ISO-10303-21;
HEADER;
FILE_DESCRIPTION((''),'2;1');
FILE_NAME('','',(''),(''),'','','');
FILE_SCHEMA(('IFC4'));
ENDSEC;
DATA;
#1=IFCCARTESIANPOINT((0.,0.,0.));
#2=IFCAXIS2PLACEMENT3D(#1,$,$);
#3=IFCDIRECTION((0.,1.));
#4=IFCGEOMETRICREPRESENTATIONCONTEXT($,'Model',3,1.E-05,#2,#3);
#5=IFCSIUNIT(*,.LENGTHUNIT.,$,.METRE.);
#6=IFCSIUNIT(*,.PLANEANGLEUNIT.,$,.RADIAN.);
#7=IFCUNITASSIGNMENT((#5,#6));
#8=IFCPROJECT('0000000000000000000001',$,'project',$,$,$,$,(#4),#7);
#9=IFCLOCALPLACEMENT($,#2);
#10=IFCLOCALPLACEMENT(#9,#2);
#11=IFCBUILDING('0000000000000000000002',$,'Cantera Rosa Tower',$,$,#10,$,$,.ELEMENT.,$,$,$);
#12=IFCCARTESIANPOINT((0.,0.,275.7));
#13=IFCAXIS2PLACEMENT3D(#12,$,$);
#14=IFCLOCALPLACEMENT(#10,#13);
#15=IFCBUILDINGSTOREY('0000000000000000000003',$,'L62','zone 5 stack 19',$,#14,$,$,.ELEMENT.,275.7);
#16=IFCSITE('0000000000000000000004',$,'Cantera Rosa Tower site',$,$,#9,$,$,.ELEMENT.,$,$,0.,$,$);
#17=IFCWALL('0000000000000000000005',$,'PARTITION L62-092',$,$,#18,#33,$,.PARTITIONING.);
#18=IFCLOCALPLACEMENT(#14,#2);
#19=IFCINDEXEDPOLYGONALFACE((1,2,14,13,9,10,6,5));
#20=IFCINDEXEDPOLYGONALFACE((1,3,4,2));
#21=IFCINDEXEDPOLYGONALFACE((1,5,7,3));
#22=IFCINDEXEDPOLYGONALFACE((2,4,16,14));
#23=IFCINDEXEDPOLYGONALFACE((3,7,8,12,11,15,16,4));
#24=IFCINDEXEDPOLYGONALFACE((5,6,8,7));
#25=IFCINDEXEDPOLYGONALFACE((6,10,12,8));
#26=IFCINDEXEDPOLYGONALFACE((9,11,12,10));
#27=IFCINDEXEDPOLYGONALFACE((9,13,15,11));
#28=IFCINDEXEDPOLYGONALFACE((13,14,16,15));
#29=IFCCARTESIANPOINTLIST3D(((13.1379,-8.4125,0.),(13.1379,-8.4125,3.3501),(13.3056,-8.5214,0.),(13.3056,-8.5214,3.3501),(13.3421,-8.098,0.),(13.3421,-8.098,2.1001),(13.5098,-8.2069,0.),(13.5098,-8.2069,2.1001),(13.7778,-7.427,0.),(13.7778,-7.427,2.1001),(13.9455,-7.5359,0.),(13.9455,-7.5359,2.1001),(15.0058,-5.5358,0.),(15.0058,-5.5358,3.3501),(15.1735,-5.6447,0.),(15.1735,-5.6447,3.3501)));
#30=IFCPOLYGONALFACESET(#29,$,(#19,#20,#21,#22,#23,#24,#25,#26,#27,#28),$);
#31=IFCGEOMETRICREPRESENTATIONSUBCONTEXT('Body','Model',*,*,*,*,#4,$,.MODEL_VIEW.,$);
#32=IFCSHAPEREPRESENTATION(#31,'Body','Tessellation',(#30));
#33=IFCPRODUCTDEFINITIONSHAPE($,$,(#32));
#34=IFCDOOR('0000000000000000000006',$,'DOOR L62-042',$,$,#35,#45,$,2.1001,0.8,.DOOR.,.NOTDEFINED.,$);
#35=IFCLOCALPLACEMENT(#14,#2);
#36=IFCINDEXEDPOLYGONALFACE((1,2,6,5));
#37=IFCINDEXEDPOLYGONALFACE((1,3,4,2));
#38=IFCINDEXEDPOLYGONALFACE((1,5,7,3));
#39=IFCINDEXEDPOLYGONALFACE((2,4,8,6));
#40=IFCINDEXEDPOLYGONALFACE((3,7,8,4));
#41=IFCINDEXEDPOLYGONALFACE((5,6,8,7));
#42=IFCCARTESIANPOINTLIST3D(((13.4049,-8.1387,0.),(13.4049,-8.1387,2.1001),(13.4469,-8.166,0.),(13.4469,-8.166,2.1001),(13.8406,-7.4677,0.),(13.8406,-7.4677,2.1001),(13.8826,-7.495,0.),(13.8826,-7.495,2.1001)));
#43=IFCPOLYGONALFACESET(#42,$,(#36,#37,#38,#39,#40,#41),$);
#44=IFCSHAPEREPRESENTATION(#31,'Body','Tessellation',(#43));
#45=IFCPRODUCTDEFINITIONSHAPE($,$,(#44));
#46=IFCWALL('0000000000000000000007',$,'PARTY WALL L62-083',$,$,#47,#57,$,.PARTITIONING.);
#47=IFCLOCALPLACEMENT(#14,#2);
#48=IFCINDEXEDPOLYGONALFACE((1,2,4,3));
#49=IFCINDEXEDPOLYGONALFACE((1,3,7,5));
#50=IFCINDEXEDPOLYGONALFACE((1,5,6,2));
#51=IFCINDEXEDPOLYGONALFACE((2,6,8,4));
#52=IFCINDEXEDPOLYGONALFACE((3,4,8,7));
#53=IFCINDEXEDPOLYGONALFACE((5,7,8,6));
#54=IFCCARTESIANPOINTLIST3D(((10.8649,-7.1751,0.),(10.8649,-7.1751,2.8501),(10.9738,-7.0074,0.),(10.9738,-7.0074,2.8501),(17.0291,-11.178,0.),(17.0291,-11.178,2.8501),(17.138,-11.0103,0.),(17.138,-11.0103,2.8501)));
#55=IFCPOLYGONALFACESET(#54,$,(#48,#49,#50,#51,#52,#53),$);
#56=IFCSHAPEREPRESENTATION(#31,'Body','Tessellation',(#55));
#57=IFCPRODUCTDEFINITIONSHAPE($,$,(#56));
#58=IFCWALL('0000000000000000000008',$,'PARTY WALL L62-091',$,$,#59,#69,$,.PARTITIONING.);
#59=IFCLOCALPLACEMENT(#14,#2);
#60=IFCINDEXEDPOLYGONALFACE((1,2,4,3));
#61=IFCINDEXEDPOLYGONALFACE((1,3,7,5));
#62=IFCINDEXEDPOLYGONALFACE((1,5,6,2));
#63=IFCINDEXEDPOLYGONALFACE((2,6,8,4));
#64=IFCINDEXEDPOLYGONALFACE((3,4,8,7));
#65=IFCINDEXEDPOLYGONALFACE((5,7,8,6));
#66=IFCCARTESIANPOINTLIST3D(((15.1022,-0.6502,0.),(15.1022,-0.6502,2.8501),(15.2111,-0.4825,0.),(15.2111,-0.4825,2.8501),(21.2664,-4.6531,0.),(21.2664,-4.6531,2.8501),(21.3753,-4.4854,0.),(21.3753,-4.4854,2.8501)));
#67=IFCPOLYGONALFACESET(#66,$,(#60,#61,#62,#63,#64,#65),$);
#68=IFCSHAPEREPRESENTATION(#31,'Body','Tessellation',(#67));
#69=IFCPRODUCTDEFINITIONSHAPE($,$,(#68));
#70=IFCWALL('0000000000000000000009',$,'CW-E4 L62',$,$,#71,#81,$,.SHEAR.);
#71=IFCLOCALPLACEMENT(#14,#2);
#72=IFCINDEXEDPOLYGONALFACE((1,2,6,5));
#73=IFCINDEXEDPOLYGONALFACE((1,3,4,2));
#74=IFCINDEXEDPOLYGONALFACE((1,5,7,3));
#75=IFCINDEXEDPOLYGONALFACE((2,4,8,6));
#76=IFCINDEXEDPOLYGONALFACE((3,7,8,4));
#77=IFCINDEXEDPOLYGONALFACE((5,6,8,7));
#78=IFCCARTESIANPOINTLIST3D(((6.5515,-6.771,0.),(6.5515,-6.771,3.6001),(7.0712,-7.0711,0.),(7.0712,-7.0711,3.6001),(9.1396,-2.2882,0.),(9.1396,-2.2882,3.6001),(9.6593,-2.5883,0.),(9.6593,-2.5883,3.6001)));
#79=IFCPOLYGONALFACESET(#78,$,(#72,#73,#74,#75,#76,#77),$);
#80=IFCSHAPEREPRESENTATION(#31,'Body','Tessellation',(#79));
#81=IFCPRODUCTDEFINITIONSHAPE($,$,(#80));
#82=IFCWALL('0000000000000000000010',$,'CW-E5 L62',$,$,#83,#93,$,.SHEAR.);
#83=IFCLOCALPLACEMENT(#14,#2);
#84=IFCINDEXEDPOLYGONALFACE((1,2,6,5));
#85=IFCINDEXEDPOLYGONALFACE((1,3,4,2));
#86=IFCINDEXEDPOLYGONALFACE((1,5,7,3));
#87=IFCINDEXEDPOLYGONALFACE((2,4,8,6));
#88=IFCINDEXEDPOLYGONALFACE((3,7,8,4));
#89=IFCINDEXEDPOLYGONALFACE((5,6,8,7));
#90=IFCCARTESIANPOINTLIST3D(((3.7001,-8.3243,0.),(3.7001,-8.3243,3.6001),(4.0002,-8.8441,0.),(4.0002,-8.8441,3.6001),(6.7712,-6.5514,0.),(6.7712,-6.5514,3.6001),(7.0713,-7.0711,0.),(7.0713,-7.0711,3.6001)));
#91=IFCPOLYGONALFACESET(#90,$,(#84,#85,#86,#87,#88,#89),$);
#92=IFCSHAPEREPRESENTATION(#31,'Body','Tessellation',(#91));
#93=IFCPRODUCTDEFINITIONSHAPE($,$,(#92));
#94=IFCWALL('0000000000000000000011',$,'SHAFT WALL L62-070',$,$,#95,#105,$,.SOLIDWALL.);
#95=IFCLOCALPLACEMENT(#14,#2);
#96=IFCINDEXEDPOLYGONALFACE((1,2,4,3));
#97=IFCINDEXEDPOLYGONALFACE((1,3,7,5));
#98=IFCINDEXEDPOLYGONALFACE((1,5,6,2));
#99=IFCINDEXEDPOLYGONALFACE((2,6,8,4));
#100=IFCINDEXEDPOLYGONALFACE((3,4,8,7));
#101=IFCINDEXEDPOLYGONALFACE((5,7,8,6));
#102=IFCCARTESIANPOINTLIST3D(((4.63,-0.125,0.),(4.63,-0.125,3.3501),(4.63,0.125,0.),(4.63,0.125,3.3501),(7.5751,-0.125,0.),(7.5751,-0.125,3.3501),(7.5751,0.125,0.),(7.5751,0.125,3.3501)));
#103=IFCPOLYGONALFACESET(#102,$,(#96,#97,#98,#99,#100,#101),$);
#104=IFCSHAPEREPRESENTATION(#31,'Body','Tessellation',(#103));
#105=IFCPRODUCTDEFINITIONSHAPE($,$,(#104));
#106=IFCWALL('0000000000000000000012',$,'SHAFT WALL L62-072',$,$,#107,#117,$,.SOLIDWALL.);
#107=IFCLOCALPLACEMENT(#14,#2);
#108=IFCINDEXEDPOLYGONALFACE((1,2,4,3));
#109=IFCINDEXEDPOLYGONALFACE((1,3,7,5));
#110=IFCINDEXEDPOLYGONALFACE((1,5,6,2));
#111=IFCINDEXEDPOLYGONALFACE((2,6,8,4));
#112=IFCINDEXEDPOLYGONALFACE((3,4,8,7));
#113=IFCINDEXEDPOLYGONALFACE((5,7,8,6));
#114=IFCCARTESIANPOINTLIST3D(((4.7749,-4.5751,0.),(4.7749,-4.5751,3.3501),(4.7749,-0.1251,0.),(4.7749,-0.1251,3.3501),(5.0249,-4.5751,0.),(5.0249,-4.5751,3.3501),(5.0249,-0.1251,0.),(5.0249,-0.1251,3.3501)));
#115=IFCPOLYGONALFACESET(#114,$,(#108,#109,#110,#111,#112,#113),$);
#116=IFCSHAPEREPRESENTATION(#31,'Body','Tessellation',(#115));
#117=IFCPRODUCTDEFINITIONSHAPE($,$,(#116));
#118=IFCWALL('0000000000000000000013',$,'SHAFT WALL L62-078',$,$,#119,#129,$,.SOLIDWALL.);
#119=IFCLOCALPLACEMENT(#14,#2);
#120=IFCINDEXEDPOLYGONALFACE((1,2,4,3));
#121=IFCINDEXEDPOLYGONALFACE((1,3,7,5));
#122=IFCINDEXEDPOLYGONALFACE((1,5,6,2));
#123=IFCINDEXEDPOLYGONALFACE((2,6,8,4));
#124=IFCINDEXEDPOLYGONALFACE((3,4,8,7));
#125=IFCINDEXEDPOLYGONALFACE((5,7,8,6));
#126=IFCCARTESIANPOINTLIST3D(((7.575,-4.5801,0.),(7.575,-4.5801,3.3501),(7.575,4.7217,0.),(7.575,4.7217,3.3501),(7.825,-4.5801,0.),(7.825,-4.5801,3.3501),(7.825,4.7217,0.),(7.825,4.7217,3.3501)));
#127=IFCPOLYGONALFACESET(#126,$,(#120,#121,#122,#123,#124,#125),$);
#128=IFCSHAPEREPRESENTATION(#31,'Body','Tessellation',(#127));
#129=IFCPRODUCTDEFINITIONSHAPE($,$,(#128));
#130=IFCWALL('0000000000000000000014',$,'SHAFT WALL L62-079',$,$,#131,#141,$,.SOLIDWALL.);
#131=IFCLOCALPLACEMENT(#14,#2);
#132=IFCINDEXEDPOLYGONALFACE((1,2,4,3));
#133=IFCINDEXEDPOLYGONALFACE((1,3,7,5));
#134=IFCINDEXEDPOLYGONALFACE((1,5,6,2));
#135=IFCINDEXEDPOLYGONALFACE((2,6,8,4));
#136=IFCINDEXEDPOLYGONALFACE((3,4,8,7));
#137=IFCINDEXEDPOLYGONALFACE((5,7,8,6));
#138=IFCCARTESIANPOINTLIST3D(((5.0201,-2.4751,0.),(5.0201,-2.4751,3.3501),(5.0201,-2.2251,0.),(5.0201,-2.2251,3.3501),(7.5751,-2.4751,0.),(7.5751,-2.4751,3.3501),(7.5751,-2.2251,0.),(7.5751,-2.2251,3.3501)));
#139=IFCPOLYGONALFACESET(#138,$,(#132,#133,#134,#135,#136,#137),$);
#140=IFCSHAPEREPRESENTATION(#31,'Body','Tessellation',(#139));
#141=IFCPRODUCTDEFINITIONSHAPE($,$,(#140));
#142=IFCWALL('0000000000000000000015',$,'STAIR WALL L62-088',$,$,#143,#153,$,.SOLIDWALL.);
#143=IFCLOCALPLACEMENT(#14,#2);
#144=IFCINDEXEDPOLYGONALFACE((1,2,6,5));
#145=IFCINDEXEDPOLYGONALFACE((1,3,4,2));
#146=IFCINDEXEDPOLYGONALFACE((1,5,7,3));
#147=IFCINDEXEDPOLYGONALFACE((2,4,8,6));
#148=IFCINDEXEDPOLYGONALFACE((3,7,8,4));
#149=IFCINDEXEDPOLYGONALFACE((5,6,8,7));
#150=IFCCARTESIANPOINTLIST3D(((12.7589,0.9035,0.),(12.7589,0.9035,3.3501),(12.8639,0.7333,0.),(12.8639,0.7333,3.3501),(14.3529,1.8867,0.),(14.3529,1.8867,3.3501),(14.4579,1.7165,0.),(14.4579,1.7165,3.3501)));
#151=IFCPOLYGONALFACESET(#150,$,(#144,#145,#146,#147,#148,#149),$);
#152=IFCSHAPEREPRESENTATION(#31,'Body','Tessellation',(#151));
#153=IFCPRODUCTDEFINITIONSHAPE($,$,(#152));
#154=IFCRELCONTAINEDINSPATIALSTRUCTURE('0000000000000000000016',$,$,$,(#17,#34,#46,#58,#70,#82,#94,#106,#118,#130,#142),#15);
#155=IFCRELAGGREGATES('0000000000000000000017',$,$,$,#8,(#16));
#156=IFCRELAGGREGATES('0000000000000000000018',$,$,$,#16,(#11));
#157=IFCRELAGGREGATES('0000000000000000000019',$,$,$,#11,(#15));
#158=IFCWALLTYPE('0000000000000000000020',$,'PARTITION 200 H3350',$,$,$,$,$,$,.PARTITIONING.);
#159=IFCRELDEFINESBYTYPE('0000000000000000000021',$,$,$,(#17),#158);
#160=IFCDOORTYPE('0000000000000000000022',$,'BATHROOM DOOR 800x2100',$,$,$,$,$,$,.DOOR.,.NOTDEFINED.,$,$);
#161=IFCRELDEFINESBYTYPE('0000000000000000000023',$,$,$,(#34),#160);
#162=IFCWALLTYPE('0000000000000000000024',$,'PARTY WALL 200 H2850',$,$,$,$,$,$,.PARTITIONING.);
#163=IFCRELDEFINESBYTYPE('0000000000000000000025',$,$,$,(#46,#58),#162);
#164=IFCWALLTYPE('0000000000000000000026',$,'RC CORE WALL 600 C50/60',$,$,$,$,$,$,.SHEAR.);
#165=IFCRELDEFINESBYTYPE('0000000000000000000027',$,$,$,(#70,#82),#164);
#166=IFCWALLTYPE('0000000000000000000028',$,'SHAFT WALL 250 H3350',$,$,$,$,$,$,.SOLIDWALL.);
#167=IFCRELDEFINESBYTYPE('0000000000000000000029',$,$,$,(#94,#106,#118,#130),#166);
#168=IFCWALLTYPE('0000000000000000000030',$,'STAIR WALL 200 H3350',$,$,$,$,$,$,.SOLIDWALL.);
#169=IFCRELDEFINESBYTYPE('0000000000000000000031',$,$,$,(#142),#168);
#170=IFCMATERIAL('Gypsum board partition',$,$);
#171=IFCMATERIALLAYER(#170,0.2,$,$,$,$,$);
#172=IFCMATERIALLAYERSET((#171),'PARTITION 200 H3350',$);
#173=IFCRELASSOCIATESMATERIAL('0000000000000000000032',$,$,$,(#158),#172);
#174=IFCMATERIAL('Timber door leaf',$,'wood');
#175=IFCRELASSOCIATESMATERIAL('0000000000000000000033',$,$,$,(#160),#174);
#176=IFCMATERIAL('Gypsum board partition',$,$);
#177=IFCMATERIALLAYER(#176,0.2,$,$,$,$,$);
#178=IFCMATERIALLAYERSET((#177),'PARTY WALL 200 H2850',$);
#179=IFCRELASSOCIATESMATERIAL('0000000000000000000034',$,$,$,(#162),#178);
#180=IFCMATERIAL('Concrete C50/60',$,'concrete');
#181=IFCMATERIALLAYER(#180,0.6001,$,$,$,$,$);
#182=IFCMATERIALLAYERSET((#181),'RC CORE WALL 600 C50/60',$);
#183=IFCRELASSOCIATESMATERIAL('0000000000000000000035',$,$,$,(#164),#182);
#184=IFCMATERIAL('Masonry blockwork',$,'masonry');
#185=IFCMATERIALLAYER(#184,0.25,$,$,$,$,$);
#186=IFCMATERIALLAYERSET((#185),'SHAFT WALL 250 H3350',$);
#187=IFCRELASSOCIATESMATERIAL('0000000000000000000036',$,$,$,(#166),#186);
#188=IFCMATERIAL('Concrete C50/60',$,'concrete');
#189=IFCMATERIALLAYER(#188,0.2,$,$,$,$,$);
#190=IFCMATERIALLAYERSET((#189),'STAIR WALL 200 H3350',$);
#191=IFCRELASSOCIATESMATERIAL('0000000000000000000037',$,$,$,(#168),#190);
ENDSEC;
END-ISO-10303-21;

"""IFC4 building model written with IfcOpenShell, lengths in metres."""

from ifc_helpers import new_model, si_unit, direction, frame, frame_2d, origin, place, context, subcontext, project, spatial, rectangle, extrude, material, layer, layer_set, type_object, element, fill, save


model = new_model("IFC4")

# Units and contexts
model_context = context("Model", 3, precision=1e-05, world=origin(), true_north=direction((0.0, 1.0)))
body_context = subcontext(model_context, "Body", "Model", "MODEL_VIEW")
ifc_project = project(units=[si_unit("LENGTHUNIT", "METRE"), si_unit("PLANEANGLEUNIT", "RADIAN")], contexts=[model_context])

# Site, building, storey
site_placement = place(None, origin())
site = spatial("IfcSite", under=ifc_project, at=site_placement, Name="Cantera Rosa Tower site", CompositionType="ELEMENT", RefElevation=0.0)
building_placement = place(site_placement, origin())
building = spatial("IfcBuilding", under=site, at=building_placement, Name="Cantera Rosa Tower", CompositionType="ELEMENT")
storey_placement = place(building_placement, frame((0.0, 0.0, 275.7)))
storey = spatial("IfcBuildingStorey", under=building, at=storey_placement, Name="L62", Description="zone 5 stack 19", CompositionType="ELEMENT", Elevation=275.7)

# Shared definitions
ifc_material_1 = material(Name="Gypsum board partition")
ifc_layer_1 = layer(ifc_material_1, 0.2)
ifc_layer_set_1 = layer_set([ifc_layer_1], Name="PARTITION 200 H3350")
wall_type_1 = type_object("IfcWallType", Name="PARTITION 200 H3350", PredefinedType="PARTITIONING", material=ifc_layer_set_1)

# Wall, opening, door
wall_1_placement = place(storey_placement, frame((15.0896, -5.5903, 0.0), z_axis=(0.0, 0.0, 1.0), x_axis=(-0.54459, -0.838702, 0.0)))
wall_1 = element("IfcWall", 1, at=wall_1_placement, inside=storey, type_object=wall_type_1, Name="PARTITION L62-092", PredefinedType="PARTITIONING", context=body_context, shape_type="SweptSolid", body=[
    extrude(rectangle(XDim=3.4299, YDim=0.2, at=frame_2d((1.7148, 0.0))), origin(), (0.0, 0.0, 1.0), 3.3501),
])
opening_1_placement = place(wall_1_placement, frame((2.2549, 0.0, 0.0)))
opening_1 = element("IfcOpeningElement", 2, at=opening_1_placement, cuts=wall_1, PredefinedType="OPENING", context=body_context, shape_type="SweptSolid", body=[
    extrude(rectangle(XDim=0.8, YDim=2.1001, at=frame_2d((0.3999, 1.05))), frame((0.0, 0.1099, 0.0), z_axis=(0.0, -1.0, 0.0), x_axis=(1.0, 0.0, 0.0)), (0.0, 0.0, 1.0), 0.22),
])
ifc_material_2 = material(Name="Timber door leaf", Category="wood")
door_type_1 = type_object("IfcDoorType", Name="BATHROOM DOOR 800x2100", OperationType="NOTDEFINED", PredefinedType="DOOR", material=ifc_material_2)
door_1_placement = place(opening_1_placement, origin())
door_1 = element("IfcDoor", 3, at=door_1_placement, inside=storey, type_object=door_type_1, Name="DOOR L62-042", OperationType="NOTDEFINED", OverallHeight=2.1001, OverallWidth=0.8, PredefinedType="DOOR", context=body_context, shape_type="SweptSolid", body=[
    extrude(rectangle(XDim=0.8, YDim=2.1001, at=frame_2d((0.3999, 1.05))), frame((0.0, 0.0249, 0.0), z_axis=(0.0, -1.0, 0.0), x_axis=(1.0, 0.0, 0.0)), (0.0, 0.0, 1.0), 0.05),
])
fill(opening_1, door_1)

# Walls
ifc_material_3 = material(Name="Gypsum board partition")
ifc_layer_2 = layer(ifc_material_3, 0.2)
ifc_layer_set_2 = layer_set([ifc_layer_2], Name="PARTY WALL 200 H2850")
wall_type_2 = type_object("IfcWallType", Name="PARTY WALL 200 H2850", PredefinedType="PARTITIONING", material=ifc_layer_set_2)
for number, where, z_axis, x_axis, name in (
    (4, (10.9194, -7.0913, 0.0), (0.0, 0.0, 1.0), (0.838684, -0.544618, 0.0), "PARTY WALL L62-083"),
    (5, (15.1567, -0.5664, 0.0), (0.0, 0.0, 1.0), (0.838684, -0.544618, 0.0), "PARTY WALL L62-091"),
):
    element("IfcWall", number, at=place(storey_placement, frame(where, z_axis=z_axis, x_axis=x_axis)), inside=storey, type_object=wall_type_2, Name=name, PredefinedType="PARTITIONING", context=body_context, shape_type="SweptSolid", body=[
        extrude(rectangle(XDim=7.3499, YDim=0.2, at=frame_2d((3.6748, 0.0))), origin(), (0.0, 0.0, 1.0), 2.8501),
    ])
ifc_material_4 = material(Name="Concrete C50/60", Category="concrete")
ifc_layer_3 = layer(ifc_material_4, 0.6001)
ifc_layer_set_3 = layer_set([ifc_layer_3], Name="RC CORE WALL 600 C50/60")
wall_type_3 = type_object("IfcWallType", Name="RC CORE WALL 600 C50/60", PredefinedType="SHEAR", material=ifc_layer_set_3)
wall_2_placement = place(storey_placement, frame((9.3994, -2.4382, 0.0), z_axis=(0.0, 0.0, 1.0), x_axis=(-0.499989, -0.866032, 0.0)))
element("IfcWall", 6, at=wall_2_placement, inside=storey, type_object=wall_type_3, Name="CW-E4 L62", PredefinedType="SHEAR", context=body_context, shape_type="SweptSolid", body=[
    extrude(rectangle(XDim=5.1763, YDim=0.6001, at=frame_2d((2.5881, 0.0))), origin(), (0.0, 0.0, 1.0), 3.6001),
])
wall_3_placement = place(storey_placement, frame((6.9211, -6.8113, 0.0), z_axis=(0.0, 0.0, 1.0), x_axis=(-0.86604, -0.499975, 0.0)))
element("IfcWall", 7, at=wall_3_placement, inside=storey, type_object=wall_type_3, Name="CW-E5 L62", PredefinedType="SHEAR", context=body_context, shape_type="SweptSolid", body=[
    extrude(rectangle(XDim=3.5461, YDim=0.6001, at=frame_2d((1.7729, 0.0))), origin(), (0.0, 0.0, 1.0), 3.6001),
])
ifc_material_5 = material(Name="Masonry blockwork", Category="masonry")
ifc_layer_4 = layer(ifc_material_5, 0.25)
ifc_layer_set_4 = layer_set([ifc_layer_4], Name="SHAFT WALL 250 H3350")
wall_type_4 = type_object("IfcWallType", Name="SHAFT WALL 250 H3350", PredefinedType="SOLIDWALL", material=ifc_layer_set_4)
wall_4_placement = place(storey_placement, frame((4.6299, 0.0, 0.0), z_axis=(0.0, 0.0, 1.0), x_axis=(1.0, 0.0, 0.0)))
element("IfcWall", 8, at=wall_4_placement, inside=storey, type_object=wall_type_4, Name="SHAFT WALL L62-070", PredefinedType="SOLIDWALL", context=body_context, shape_type="SweptSolid", body=[
    extrude(rectangle(XDim=2.9451, YDim=0.25, at=frame_2d((1.4727, 0.0))), origin(), (0.0, 0.0, 1.0), 3.3501),
])
wall_5_placement = place(storey_placement, frame((4.8999, -0.125, 0.0), z_axis=(0.0, 0.0, 1.0), x_axis=(0.0, -1.0, 0.0)))
element("IfcWall", 9, at=wall_5_placement, inside=storey, type_object=wall_type_4, Name="SHAFT WALL L62-072", PredefinedType="SOLIDWALL", context=body_context, shape_type="SweptSolid", body=[
    extrude(rectangle(XDim=4.45, YDim=0.25, at=frame_2d((2.2251, 0.0))), origin(), (0.0, 0.0, 1.0), 3.3501),
])
wall_6_placement = place(storey_placement, frame((7.7, -4.5801, 0.0), z_axis=(0.0, 0.0, 1.0), x_axis=(0.0, 1.0, 0.0)))
element("IfcWall", 10, at=wall_6_placement, inside=storey, type_object=wall_type_4, Name="SHAFT WALL L62-078", PredefinedType="SOLIDWALL", context=body_context, shape_type="SweptSolid", body=[
    extrude(rectangle(XDim=9.3018, YDim=0.25, at=frame_2d((4.6509, 0.0))), origin(), (0.0, 0.0, 1.0), 3.3501),
])
wall_7_placement = place(storey_placement, frame((7.575, -2.3501, 0.0), z_axis=(0.0, 0.0, 1.0), x_axis=(-1.0, 0.0, 0.0)))
element("IfcWall", 11, at=wall_7_placement, inside=storey, type_object=wall_type_4, Name="SHAFT WALL L62-079", PredefinedType="SOLIDWALL", context=body_context, shape_type="SweptSolid", body=[
    extrude(rectangle(XDim=2.5549, YDim=0.25, at=frame_2d((1.2773, 0.0))), origin(), (0.0, 0.0, 1.0), 3.3501),
])
ifc_material_6 = material(Name="Concrete C50/60", Category="concrete")
ifc_layer_5 = layer(ifc_material_6, 0.2)
ifc_layer_set_5 = layer_set([ifc_layer_5], Name="STAIR WALL 200 H3350")
wall_type_5 = type_object("IfcWallType", Name="STAIR WALL 200 H3350", PredefinedType="SOLIDWALL", material=ifc_layer_set_5)
wall_8_placement = place(storey_placement, frame((12.8113, 0.8184, 0.0), z_axis=(0.0, 0.0, 1.0), x_axis=(0.851125, 0.524963, 0.0)))
element("IfcWall", 12, at=wall_8_placement, inside=storey, type_object=wall_type_5, Name="STAIR WALL L62-088", PredefinedType="SOLIDWALL", context=body_context, shape_type="SweptSolid", body=[
    extrude(rectangle(XDim=1.8728, YDim=0.2, at=frame_2d((0.9365, 0.0))), origin(), (0.0, 0.0, 1.0), 3.3501),
])

save(model, "model.ifc")
